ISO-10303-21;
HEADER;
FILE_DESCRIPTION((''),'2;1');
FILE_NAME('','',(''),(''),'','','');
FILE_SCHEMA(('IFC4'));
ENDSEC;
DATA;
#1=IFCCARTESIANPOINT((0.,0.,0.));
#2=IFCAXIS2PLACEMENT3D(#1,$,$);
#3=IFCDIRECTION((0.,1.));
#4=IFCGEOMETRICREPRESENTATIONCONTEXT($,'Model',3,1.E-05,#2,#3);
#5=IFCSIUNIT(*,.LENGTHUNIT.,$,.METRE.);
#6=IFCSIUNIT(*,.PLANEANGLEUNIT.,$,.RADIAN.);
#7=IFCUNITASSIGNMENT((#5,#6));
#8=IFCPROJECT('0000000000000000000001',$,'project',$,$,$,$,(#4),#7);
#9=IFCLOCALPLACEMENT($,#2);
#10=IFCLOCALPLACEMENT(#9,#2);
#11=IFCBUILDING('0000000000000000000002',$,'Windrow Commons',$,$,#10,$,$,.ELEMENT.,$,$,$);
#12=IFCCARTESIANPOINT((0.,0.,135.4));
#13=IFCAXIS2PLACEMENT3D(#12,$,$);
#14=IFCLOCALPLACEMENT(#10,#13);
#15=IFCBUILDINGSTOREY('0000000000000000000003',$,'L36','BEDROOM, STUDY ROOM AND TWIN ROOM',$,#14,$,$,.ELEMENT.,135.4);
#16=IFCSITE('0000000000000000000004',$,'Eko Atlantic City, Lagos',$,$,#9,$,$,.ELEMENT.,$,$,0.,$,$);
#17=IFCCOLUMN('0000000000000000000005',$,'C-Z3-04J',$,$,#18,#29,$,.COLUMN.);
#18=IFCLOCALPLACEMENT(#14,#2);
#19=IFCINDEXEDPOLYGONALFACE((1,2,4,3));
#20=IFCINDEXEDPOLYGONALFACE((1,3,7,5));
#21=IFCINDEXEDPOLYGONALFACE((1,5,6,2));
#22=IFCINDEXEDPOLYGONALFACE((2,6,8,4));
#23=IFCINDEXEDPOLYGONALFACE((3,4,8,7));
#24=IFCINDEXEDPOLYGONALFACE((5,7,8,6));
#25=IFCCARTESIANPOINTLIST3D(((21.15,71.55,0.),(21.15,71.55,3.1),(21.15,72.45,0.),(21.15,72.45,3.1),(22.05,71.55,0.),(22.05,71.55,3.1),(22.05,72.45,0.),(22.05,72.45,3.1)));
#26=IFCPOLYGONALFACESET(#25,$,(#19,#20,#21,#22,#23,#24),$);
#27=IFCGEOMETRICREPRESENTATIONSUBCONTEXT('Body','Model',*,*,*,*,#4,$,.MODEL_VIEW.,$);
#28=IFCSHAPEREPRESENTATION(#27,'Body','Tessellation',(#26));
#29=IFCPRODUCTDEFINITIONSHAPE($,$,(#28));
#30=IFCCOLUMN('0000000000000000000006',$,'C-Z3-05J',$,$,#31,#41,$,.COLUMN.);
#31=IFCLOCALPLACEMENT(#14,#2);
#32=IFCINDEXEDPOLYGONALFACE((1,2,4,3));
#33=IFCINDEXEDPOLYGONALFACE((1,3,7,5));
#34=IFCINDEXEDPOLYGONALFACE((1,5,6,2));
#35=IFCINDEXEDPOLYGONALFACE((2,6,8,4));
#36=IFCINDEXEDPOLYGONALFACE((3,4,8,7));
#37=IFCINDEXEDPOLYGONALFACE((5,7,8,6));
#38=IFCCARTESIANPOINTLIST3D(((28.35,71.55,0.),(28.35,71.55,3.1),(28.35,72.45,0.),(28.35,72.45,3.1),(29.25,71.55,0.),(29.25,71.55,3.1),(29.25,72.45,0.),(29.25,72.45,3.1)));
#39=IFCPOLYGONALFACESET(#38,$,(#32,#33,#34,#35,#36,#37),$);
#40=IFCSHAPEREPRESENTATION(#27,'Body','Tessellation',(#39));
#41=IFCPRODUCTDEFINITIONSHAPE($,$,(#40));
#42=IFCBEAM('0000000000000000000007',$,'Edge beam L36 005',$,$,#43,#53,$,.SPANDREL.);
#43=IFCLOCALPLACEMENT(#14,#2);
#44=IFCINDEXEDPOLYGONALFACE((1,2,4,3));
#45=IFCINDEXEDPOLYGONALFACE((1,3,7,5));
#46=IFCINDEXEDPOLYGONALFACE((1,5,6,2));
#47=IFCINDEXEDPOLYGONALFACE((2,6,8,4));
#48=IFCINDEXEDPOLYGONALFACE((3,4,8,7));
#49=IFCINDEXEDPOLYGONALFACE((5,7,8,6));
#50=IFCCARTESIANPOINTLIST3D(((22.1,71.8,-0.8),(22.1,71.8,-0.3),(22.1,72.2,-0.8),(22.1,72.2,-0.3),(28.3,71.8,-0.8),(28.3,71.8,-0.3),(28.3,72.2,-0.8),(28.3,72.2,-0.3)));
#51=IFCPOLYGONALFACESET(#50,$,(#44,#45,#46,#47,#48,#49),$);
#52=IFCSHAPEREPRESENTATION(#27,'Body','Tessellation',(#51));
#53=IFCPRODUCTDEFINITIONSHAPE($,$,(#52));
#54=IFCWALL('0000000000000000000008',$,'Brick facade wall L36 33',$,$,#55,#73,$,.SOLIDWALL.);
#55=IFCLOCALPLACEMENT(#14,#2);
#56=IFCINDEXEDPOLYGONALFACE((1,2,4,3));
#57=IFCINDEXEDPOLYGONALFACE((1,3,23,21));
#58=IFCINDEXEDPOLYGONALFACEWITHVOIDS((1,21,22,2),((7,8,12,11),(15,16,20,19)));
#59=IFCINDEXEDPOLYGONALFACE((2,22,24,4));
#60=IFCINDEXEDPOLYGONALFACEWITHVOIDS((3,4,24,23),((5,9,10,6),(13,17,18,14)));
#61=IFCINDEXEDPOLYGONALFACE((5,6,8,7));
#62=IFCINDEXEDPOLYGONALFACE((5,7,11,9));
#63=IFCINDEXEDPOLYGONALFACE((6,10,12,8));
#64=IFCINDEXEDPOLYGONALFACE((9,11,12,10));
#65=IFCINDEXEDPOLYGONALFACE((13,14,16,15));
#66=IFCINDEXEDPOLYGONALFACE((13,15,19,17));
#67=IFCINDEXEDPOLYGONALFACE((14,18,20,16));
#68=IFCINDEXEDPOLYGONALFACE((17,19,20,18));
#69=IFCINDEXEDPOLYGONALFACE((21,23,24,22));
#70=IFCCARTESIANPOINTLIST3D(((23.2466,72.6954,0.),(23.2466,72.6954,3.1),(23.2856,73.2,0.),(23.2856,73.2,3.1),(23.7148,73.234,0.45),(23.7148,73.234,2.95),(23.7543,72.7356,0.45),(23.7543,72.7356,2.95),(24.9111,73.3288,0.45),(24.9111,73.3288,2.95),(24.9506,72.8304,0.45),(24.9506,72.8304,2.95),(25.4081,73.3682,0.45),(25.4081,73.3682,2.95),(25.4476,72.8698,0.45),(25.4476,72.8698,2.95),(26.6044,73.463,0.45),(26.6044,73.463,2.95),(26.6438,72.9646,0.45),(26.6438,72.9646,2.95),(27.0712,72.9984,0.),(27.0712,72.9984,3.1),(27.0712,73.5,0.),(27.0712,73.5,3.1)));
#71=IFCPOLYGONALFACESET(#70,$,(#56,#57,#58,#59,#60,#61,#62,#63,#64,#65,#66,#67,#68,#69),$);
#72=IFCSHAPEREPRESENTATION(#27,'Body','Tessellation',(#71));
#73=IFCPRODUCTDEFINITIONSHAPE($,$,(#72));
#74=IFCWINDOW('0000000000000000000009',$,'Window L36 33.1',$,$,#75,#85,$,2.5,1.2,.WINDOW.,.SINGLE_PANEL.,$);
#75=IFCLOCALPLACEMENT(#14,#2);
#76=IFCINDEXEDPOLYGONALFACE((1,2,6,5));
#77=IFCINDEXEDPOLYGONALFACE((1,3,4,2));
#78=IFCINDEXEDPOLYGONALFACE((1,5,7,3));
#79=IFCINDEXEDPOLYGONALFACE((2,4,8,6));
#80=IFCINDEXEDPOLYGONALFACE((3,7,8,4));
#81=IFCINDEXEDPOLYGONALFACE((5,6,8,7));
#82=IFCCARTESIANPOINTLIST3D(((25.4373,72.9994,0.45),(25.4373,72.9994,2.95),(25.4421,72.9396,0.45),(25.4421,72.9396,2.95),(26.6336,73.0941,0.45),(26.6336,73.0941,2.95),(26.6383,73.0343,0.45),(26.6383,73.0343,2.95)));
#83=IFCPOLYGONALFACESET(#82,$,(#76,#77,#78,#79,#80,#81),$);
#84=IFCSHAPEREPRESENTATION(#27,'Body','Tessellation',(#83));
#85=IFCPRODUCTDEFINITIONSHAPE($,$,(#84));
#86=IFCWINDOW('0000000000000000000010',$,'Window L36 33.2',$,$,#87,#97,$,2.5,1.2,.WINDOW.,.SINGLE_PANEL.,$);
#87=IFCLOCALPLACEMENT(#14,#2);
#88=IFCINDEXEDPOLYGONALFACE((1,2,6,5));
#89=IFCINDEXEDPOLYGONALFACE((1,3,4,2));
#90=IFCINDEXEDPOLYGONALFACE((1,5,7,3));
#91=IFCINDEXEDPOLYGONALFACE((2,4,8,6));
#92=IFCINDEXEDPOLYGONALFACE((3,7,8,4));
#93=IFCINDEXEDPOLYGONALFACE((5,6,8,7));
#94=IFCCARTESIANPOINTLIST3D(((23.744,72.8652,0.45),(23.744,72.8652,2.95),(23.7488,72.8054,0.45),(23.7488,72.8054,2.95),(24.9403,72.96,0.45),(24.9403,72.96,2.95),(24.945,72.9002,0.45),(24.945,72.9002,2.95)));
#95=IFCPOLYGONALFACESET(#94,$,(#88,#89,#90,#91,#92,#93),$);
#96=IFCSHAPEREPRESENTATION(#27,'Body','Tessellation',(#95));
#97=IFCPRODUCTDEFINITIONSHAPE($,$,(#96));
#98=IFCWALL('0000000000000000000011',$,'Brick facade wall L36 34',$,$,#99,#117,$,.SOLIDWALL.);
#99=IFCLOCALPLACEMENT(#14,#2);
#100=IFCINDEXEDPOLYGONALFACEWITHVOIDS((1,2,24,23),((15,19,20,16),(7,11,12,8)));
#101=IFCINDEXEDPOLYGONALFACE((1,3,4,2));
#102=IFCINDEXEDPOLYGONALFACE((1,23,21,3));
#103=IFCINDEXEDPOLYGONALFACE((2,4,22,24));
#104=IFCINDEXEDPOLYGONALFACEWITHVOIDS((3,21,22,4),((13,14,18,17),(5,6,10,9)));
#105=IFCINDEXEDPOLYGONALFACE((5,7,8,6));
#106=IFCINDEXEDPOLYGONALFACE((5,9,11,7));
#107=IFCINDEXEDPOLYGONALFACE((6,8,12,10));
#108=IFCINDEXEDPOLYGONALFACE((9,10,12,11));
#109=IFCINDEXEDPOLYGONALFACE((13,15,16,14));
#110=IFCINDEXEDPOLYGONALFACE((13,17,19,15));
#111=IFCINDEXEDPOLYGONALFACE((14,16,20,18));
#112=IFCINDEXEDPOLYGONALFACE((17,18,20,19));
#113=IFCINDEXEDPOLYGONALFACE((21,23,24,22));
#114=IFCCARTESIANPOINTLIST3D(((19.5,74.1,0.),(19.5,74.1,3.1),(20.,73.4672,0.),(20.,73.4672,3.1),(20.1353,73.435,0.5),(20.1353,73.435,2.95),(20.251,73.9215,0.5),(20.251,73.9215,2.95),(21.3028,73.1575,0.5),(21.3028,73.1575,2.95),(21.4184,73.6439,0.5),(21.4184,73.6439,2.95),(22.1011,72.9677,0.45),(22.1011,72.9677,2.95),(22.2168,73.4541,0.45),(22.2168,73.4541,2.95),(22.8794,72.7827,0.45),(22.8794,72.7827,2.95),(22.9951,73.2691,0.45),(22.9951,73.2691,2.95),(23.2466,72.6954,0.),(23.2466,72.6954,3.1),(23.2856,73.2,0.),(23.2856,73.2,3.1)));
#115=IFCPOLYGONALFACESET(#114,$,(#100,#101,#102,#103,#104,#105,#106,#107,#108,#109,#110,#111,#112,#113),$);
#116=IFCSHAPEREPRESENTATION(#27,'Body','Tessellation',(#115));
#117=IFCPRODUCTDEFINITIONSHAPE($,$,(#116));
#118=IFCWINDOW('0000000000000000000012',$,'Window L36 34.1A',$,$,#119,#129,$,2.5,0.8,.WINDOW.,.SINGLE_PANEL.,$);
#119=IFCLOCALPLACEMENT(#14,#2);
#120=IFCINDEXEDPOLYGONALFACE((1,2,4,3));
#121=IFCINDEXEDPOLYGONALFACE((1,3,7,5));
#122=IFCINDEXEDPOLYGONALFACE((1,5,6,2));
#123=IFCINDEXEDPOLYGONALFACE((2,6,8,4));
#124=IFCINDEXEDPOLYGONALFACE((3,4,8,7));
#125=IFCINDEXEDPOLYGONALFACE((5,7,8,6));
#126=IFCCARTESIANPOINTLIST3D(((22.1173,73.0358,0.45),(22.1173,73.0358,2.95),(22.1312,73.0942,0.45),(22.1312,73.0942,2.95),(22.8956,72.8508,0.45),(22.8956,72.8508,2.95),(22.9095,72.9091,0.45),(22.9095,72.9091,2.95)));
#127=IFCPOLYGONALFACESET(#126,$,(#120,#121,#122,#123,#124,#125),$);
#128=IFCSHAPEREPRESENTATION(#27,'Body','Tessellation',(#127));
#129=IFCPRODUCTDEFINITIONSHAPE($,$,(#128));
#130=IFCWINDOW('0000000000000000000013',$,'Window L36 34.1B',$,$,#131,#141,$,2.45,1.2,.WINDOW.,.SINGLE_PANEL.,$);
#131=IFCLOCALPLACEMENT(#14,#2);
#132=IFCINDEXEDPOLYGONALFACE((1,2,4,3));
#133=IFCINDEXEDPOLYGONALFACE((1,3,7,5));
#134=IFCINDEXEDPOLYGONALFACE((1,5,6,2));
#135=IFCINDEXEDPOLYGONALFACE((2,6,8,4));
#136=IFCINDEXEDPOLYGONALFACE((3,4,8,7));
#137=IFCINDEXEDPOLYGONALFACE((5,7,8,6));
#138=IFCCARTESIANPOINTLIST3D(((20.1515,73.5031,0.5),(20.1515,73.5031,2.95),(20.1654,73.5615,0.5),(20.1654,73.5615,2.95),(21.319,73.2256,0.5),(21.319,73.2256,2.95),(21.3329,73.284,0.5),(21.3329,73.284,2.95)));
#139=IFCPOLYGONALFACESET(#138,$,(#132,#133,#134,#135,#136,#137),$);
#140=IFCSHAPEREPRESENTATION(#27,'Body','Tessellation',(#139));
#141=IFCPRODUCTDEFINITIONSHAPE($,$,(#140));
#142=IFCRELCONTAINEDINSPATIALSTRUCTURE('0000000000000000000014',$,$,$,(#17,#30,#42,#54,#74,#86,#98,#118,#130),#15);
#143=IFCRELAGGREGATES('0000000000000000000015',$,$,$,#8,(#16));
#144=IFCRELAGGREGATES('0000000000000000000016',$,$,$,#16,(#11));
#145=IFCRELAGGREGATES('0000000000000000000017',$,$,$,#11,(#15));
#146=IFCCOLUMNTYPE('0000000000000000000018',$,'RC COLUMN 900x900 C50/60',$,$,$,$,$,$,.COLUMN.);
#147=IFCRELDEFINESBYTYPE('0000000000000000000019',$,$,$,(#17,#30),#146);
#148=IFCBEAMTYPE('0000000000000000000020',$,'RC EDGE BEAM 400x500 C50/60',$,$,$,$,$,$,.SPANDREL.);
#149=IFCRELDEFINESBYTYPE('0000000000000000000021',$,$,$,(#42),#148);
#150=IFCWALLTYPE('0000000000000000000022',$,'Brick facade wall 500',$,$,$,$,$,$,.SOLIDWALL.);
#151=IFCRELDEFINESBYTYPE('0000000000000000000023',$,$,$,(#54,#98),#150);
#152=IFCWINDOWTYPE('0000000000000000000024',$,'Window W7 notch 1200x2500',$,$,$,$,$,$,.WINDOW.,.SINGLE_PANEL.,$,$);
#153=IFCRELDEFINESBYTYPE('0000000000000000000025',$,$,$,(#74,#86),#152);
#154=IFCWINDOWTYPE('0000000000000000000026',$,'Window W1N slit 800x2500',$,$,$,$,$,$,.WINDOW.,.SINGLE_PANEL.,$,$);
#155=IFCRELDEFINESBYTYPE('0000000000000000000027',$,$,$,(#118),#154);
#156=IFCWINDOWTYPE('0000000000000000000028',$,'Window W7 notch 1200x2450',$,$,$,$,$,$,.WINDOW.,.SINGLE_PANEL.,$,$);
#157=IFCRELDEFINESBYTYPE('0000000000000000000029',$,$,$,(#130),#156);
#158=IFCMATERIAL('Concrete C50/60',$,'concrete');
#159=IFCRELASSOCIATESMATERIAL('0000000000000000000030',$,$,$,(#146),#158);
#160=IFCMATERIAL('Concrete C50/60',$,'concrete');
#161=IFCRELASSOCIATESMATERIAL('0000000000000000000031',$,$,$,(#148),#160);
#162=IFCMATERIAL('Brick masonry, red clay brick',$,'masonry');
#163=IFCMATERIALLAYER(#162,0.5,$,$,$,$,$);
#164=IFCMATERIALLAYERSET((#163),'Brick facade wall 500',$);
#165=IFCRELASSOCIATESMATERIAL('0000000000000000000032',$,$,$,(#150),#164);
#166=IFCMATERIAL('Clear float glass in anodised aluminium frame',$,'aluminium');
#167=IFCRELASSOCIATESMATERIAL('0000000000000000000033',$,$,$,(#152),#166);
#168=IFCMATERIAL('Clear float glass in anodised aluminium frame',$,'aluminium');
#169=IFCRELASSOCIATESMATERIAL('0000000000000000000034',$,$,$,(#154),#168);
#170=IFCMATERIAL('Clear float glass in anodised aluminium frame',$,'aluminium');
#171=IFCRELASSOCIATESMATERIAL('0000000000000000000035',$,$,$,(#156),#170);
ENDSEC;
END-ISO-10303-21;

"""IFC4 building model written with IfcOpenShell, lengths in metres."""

from ifc_helpers import new_model, si_unit, direction, frame, frame_2d, origin, origin_2d, place, context, subcontext, project, spatial, polyline, rectangle, outline, extrude, material, layer, layer_set, material_profile, profile_set, type_object, element, fill, save


model = new_model("IFC4")

# Units and contexts
model_context = context("Model", 3, precision=1e-05, world=origin(), true_north=direction((0.0, 1.0)))
body_context = subcontext(model_context, "Body", "Model", "MODEL_VIEW")
ifc_project = project(units=[si_unit("LENGTHUNIT", "METRE"), si_unit("PLANEANGLEUNIT", "RADIAN")], contexts=[model_context])

# Site, building, storey
site_placement = place(None, origin())
site = spatial("IfcSite", under=ifc_project, at=site_placement, Name="Eko Atlantic City, Lagos", CompositionType="ELEMENT", RefElevation=0.0)
building_placement = place(site_placement, origin())
building = spatial("IfcBuilding", under=site, at=building_placement, Name="Windrow Commons", CompositionType="ELEMENT")
storey_placement = place(building_placement, frame((0.0, 0.0, 135.4)))
storey = spatial("IfcBuildingStorey", under=building, at=storey_placement, Name="L36", Description="BEDROOM, STUDY ROOM AND TWIN ROOM", CompositionType="ELEMENT", Elevation=135.4)

# Columns
ifc_material_1 = material(Name="Concrete C50/60", Category="concrete")
ifc_material_profile_1 = material_profile(ifc_material_1, rectangle(XDim=0.9, YDim=0.9, at=origin_2d()))
ifc_profile_set_1 = profile_set([ifc_material_profile_1], Name="Concrete C50/60")
column_type = type_object("IfcColumnType", Name="RC COLUMN 900x900 C50/60", PredefinedType="COLUMN", material=ifc_profile_set_1)
for number, where, z_axis, x_axis, name in (
    (1, (21.6, 72.0, 0.0), (0.0, 0.0, 1.0), (1.0, 0.0, 0.0), "C-Z3-04J"),
    (2, (28.8, 72.0, 0.0), (0.0, 0.0, 1.0), (1.0, 0.0, 0.0), "C-Z3-05J"),
):
    element("IfcColumn", number, at=place(storey_placement, frame(where, z_axis=z_axis, x_axis=x_axis)), inside=storey, type_object=column_type, Name=name, PredefinedType="COLUMN", context=body_context, shape_type="SweptSolid", body=[
        extrude(rectangle(XDim=0.9, YDim=0.9, at=origin_2d()), origin(), (0.0, 0.0, 1.0), 3.1),
    ])

# Beam
ifc_material_2 = material(Name="Concrete C50/60", Category="concrete")
ifc_material_profile_2 = material_profile(ifc_material_2, rectangle(XDim=0.4, YDim=0.5, at=origin_2d()))
ifc_profile_set_2 = profile_set([ifc_material_profile_2], Name="Concrete C50/60")
beam_type = type_object("IfcBeamType", Name="RC EDGE BEAM 400x500 C50/60", PredefinedType="SPANDREL", material=ifc_profile_set_2)
beam_placement = place(storey_placement, frame((22.1, 72.0, -0.55), z_axis=(1.0, 0.0, 0.0), x_axis=(0.0, 1.0, 0.0)))
element("IfcBeam", 3, at=beam_placement, inside=storey, type_object=beam_type, Name="Edge beam L36 005", PredefinedType="SPANDREL", context=body_context, shape_type="SweptSolid", body=[
    extrude(rectangle(XDim=0.4, YDim=0.5, at=origin_2d()), origin(), (0.0, 0.0, 1.0), 6.2),
])

# Walls, openings, windows
ifc_material_3 = material(Name="Brick masonry, red clay brick", Category="masonry")
ifc_layer_1 = layer(ifc_material_3, 0.5)
ifc_layer_set_1 = layer_set([ifc_layer_1], Name="Brick facade wall 500")
wall_type_1 = type_object("IfcWallType", Name="Brick facade wall 500", PredefinedType="SOLIDWALL", material=ifc_layer_set_1)
wall_1_placement = place(storey_placement, frame((27.0712, 73.2492, 0.0), z_axis=(0.0, 0.0, 1.0), x_axis=(-0.996876, -0.078988, 0.0)))
wall_1 = element("IfcWall", 4, at=wall_1_placement, inside=storey, type_object=wall_type_1, Name="Brick facade wall L36 33", PredefinedType="SOLIDWALL", context=body_context, shape_type="SweptSolid", body=[
    extrude(outline(polyline([(-0.0198, -0.25), (3.7777, -0.25), (3.8564, 0.25), (0.0198, 0.25), (-0.0198, -0.25)])), origin(), (0.0, 0.0, 1.0), 3.1),
])
opening_1_placement = place(wall_1_placement, frame((0.4485, 0.0, 0.45)))
opening_1 = element("IfcOpeningElement", 5, at=opening_1_placement, cuts=wall_1, PredefinedType="OPENING", context=body_context, shape_type="SweptSolid", body=[
    extrude(rectangle(XDim=1.2, YDim=2.5, at=frame_2d((0.6, 1.25))), frame((0.0, 0.26, 0.0), z_axis=(0.0, -1.0, 0.0), x_axis=(1.0, 0.0, 0.0)), (0.0, 0.0, 1.0), 0.52),
])
opening_2_placement = place(wall_1_placement, frame((2.1471, 0.0, 0.45)))
opening_2 = element("IfcOpeningElement", 6, at=opening_2_placement, cuts=wall_1, PredefinedType="OPENING", context=body_context, shape_type="SweptSolid", body=[
    extrude(rectangle(XDim=1.2, YDim=2.5, at=frame_2d((0.6, 1.25))), frame((0.0, 0.26, 0.0), z_axis=(0.0, -1.0, 0.0), x_axis=(1.0, 0.0, 0.0)), (0.0, 0.0, 1.0), 0.52),
])
ifc_material_4 = material(Name="Clear float glass in anodised aluminium frame", Category="aluminium")
window_type_1 = type_object("IfcWindowType", Name="Window W7 notch 1200x2500", PartitioningType="SINGLE_PANEL", PredefinedType="WINDOW", material=ifc_material_4)
window_1_placement = place(opening_1_placement, origin())
window_1 = element("IfcWindow", 7, at=window_1_placement, inside=storey, type_object=window_type_1, Name="Window L36 33.1", OverallHeight=2.5, OverallWidth=1.2, PartitioningType="SINGLE_PANEL", PredefinedType="WINDOW", context=body_context, shape_type="SweptSolid", body=[
    extrude(rectangle(XDim=1.2, YDim=2.5, at=frame_2d((0.6, 1.25))), frame((0.0, 0.18, 0.0), z_axis=(0.0, -1.0, 0.0), x_axis=(1.0, 0.0, 0.0)), (0.0, 0.0, 1.0), 0.06),
])
fill(opening_1, window_1)
window_2_placement = place(opening_2_placement, origin())
window_2 = element("IfcWindow", 8, at=window_2_placement, inside=storey, type_object=window_type_1, Name="Window L36 33.2", OverallHeight=2.5, OverallWidth=1.2, PartitioningType="SINGLE_PANEL", PredefinedType="WINDOW", context=body_context, shape_type="SweptSolid", body=[
    extrude(rectangle(XDim=1.2, YDim=2.5, at=frame_2d((0.6, 1.25))), frame((0.0, 0.18, 0.0), z_axis=(0.0, -1.0, 0.0), x_axis=(1.0, 0.0, 0.0)), (0.0, 0.0, 1.0), 0.06),
])
fill(opening_2, window_2)
wall_2_placement = place(storey_placement, frame((23.2661, 72.9477, 0.0), z_axis=(0.0, 0.0, 1.0), x_axis=(-0.972885, 0.231289, 0.0)))
wall_2 = element("IfcWall", 9, at=wall_2_placement, inside=storey, type_object=wall_type_1, Name="Brick facade wall L36 34", PredefinedType="SOLIDWALL", context=body_context, shape_type="SweptSolid", body=[
    extrude(outline(polyline([(0.0394, -0.25), (3.9305, -0.25), (3.2977, 0.25), (-0.0394, 0.25), (0.0394, -0.25)])), origin(), (0.0, 0.0, 1.0), 3.1),
])
opening_3_placement = place(wall_2_placement, frame((0.338, 0.0, 0.45)))
opening_3 = element("IfcOpeningElement", 10, at=opening_3_placement, cuts=wall_2, PredefinedType="OPENING", context=body_context, shape_type="SweptSolid", body=[
    extrude(rectangle(XDim=0.8, YDim=2.5, at=frame_2d((0.4, 1.25))), frame((0.0, 0.26, 0.0), z_axis=(0.0, -1.0, 0.0), x_axis=(1.0, 0.0, 0.0)), (0.0, 0.0, 1.0), 0.52),
])
opening_4_placement = place(wall_2_placement, frame((1.9586, 0.0, 0.5)))
opening_4 = element("IfcOpeningElement", 11, at=opening_4_placement, cuts=wall_2, PredefinedType="OPENING", context=body_context, shape_type="SweptSolid", body=[
    extrude(rectangle(XDim=1.2, YDim=2.45, at=frame_2d((0.6, 1.225))), frame((0.0, 0.26, 0.0), z_axis=(0.0, -1.0, 0.0), x_axis=(1.0, 0.0, 0.0)), (0.0, 0.0, 1.0), 0.52),
])
ifc_material_5 = material(Name="Clear float glass in anodised aluminium frame", Category="aluminium")
window_type_2 = type_object("IfcWindowType", Name="Window W1N slit 800x2500", PartitioningType="SINGLE_PANEL", PredefinedType="WINDOW", material=ifc_material_5)
window_3_placement = place(opening_3_placement, origin())
window_3 = element("IfcWindow", 12, at=window_3_placement, inside=storey, type_object=window_type_2, Name="Window L36 34.1A", OverallHeight=2.5, OverallWidth=0.8, PartitioningType="SINGLE_PANEL", PredefinedType="WINDOW", context=body_context, shape_type="SweptSolid", body=[
    extrude(rectangle(XDim=0.8, YDim=2.5, at=frame_2d((0.4, 1.25))), frame((0.0, 0.18, 0.0), z_axis=(0.0, -1.0, 0.0), x_axis=(1.0, 0.0, 0.0)), (0.0, 0.0, 1.0), 0.06),
])
fill(opening_3, window_3)
ifc_material_6 = material(Name="Clear float glass in anodised aluminium frame", Category="aluminium")
window_type_3 = type_object("IfcWindowType", Name="Window W7 notch 1200x2450", PartitioningType="SINGLE_PANEL", PredefinedType="WINDOW", material=ifc_material_6)
window_4_placement = place(opening_4_placement, origin())
window_4 = element("IfcWindow", 13, at=window_4_placement, inside=storey, type_object=window_type_3, Name="Window L36 34.1B", OverallHeight=2.45, OverallWidth=1.2, PartitioningType="SINGLE_PANEL", PredefinedType="WINDOW", context=body_context, shape_type="SweptSolid", body=[
    extrude(rectangle(XDim=1.2, YDim=2.45, at=frame_2d((0.6, 1.225))), frame((0.0, 0.18, 0.0), z_axis=(0.0, -1.0, 0.0), x_axis=(1.0, 0.0, 0.0)), (0.0, 0.0, 1.0), 0.06),
])
fill(opening_4, window_4)

save(model, "model.ifc")
